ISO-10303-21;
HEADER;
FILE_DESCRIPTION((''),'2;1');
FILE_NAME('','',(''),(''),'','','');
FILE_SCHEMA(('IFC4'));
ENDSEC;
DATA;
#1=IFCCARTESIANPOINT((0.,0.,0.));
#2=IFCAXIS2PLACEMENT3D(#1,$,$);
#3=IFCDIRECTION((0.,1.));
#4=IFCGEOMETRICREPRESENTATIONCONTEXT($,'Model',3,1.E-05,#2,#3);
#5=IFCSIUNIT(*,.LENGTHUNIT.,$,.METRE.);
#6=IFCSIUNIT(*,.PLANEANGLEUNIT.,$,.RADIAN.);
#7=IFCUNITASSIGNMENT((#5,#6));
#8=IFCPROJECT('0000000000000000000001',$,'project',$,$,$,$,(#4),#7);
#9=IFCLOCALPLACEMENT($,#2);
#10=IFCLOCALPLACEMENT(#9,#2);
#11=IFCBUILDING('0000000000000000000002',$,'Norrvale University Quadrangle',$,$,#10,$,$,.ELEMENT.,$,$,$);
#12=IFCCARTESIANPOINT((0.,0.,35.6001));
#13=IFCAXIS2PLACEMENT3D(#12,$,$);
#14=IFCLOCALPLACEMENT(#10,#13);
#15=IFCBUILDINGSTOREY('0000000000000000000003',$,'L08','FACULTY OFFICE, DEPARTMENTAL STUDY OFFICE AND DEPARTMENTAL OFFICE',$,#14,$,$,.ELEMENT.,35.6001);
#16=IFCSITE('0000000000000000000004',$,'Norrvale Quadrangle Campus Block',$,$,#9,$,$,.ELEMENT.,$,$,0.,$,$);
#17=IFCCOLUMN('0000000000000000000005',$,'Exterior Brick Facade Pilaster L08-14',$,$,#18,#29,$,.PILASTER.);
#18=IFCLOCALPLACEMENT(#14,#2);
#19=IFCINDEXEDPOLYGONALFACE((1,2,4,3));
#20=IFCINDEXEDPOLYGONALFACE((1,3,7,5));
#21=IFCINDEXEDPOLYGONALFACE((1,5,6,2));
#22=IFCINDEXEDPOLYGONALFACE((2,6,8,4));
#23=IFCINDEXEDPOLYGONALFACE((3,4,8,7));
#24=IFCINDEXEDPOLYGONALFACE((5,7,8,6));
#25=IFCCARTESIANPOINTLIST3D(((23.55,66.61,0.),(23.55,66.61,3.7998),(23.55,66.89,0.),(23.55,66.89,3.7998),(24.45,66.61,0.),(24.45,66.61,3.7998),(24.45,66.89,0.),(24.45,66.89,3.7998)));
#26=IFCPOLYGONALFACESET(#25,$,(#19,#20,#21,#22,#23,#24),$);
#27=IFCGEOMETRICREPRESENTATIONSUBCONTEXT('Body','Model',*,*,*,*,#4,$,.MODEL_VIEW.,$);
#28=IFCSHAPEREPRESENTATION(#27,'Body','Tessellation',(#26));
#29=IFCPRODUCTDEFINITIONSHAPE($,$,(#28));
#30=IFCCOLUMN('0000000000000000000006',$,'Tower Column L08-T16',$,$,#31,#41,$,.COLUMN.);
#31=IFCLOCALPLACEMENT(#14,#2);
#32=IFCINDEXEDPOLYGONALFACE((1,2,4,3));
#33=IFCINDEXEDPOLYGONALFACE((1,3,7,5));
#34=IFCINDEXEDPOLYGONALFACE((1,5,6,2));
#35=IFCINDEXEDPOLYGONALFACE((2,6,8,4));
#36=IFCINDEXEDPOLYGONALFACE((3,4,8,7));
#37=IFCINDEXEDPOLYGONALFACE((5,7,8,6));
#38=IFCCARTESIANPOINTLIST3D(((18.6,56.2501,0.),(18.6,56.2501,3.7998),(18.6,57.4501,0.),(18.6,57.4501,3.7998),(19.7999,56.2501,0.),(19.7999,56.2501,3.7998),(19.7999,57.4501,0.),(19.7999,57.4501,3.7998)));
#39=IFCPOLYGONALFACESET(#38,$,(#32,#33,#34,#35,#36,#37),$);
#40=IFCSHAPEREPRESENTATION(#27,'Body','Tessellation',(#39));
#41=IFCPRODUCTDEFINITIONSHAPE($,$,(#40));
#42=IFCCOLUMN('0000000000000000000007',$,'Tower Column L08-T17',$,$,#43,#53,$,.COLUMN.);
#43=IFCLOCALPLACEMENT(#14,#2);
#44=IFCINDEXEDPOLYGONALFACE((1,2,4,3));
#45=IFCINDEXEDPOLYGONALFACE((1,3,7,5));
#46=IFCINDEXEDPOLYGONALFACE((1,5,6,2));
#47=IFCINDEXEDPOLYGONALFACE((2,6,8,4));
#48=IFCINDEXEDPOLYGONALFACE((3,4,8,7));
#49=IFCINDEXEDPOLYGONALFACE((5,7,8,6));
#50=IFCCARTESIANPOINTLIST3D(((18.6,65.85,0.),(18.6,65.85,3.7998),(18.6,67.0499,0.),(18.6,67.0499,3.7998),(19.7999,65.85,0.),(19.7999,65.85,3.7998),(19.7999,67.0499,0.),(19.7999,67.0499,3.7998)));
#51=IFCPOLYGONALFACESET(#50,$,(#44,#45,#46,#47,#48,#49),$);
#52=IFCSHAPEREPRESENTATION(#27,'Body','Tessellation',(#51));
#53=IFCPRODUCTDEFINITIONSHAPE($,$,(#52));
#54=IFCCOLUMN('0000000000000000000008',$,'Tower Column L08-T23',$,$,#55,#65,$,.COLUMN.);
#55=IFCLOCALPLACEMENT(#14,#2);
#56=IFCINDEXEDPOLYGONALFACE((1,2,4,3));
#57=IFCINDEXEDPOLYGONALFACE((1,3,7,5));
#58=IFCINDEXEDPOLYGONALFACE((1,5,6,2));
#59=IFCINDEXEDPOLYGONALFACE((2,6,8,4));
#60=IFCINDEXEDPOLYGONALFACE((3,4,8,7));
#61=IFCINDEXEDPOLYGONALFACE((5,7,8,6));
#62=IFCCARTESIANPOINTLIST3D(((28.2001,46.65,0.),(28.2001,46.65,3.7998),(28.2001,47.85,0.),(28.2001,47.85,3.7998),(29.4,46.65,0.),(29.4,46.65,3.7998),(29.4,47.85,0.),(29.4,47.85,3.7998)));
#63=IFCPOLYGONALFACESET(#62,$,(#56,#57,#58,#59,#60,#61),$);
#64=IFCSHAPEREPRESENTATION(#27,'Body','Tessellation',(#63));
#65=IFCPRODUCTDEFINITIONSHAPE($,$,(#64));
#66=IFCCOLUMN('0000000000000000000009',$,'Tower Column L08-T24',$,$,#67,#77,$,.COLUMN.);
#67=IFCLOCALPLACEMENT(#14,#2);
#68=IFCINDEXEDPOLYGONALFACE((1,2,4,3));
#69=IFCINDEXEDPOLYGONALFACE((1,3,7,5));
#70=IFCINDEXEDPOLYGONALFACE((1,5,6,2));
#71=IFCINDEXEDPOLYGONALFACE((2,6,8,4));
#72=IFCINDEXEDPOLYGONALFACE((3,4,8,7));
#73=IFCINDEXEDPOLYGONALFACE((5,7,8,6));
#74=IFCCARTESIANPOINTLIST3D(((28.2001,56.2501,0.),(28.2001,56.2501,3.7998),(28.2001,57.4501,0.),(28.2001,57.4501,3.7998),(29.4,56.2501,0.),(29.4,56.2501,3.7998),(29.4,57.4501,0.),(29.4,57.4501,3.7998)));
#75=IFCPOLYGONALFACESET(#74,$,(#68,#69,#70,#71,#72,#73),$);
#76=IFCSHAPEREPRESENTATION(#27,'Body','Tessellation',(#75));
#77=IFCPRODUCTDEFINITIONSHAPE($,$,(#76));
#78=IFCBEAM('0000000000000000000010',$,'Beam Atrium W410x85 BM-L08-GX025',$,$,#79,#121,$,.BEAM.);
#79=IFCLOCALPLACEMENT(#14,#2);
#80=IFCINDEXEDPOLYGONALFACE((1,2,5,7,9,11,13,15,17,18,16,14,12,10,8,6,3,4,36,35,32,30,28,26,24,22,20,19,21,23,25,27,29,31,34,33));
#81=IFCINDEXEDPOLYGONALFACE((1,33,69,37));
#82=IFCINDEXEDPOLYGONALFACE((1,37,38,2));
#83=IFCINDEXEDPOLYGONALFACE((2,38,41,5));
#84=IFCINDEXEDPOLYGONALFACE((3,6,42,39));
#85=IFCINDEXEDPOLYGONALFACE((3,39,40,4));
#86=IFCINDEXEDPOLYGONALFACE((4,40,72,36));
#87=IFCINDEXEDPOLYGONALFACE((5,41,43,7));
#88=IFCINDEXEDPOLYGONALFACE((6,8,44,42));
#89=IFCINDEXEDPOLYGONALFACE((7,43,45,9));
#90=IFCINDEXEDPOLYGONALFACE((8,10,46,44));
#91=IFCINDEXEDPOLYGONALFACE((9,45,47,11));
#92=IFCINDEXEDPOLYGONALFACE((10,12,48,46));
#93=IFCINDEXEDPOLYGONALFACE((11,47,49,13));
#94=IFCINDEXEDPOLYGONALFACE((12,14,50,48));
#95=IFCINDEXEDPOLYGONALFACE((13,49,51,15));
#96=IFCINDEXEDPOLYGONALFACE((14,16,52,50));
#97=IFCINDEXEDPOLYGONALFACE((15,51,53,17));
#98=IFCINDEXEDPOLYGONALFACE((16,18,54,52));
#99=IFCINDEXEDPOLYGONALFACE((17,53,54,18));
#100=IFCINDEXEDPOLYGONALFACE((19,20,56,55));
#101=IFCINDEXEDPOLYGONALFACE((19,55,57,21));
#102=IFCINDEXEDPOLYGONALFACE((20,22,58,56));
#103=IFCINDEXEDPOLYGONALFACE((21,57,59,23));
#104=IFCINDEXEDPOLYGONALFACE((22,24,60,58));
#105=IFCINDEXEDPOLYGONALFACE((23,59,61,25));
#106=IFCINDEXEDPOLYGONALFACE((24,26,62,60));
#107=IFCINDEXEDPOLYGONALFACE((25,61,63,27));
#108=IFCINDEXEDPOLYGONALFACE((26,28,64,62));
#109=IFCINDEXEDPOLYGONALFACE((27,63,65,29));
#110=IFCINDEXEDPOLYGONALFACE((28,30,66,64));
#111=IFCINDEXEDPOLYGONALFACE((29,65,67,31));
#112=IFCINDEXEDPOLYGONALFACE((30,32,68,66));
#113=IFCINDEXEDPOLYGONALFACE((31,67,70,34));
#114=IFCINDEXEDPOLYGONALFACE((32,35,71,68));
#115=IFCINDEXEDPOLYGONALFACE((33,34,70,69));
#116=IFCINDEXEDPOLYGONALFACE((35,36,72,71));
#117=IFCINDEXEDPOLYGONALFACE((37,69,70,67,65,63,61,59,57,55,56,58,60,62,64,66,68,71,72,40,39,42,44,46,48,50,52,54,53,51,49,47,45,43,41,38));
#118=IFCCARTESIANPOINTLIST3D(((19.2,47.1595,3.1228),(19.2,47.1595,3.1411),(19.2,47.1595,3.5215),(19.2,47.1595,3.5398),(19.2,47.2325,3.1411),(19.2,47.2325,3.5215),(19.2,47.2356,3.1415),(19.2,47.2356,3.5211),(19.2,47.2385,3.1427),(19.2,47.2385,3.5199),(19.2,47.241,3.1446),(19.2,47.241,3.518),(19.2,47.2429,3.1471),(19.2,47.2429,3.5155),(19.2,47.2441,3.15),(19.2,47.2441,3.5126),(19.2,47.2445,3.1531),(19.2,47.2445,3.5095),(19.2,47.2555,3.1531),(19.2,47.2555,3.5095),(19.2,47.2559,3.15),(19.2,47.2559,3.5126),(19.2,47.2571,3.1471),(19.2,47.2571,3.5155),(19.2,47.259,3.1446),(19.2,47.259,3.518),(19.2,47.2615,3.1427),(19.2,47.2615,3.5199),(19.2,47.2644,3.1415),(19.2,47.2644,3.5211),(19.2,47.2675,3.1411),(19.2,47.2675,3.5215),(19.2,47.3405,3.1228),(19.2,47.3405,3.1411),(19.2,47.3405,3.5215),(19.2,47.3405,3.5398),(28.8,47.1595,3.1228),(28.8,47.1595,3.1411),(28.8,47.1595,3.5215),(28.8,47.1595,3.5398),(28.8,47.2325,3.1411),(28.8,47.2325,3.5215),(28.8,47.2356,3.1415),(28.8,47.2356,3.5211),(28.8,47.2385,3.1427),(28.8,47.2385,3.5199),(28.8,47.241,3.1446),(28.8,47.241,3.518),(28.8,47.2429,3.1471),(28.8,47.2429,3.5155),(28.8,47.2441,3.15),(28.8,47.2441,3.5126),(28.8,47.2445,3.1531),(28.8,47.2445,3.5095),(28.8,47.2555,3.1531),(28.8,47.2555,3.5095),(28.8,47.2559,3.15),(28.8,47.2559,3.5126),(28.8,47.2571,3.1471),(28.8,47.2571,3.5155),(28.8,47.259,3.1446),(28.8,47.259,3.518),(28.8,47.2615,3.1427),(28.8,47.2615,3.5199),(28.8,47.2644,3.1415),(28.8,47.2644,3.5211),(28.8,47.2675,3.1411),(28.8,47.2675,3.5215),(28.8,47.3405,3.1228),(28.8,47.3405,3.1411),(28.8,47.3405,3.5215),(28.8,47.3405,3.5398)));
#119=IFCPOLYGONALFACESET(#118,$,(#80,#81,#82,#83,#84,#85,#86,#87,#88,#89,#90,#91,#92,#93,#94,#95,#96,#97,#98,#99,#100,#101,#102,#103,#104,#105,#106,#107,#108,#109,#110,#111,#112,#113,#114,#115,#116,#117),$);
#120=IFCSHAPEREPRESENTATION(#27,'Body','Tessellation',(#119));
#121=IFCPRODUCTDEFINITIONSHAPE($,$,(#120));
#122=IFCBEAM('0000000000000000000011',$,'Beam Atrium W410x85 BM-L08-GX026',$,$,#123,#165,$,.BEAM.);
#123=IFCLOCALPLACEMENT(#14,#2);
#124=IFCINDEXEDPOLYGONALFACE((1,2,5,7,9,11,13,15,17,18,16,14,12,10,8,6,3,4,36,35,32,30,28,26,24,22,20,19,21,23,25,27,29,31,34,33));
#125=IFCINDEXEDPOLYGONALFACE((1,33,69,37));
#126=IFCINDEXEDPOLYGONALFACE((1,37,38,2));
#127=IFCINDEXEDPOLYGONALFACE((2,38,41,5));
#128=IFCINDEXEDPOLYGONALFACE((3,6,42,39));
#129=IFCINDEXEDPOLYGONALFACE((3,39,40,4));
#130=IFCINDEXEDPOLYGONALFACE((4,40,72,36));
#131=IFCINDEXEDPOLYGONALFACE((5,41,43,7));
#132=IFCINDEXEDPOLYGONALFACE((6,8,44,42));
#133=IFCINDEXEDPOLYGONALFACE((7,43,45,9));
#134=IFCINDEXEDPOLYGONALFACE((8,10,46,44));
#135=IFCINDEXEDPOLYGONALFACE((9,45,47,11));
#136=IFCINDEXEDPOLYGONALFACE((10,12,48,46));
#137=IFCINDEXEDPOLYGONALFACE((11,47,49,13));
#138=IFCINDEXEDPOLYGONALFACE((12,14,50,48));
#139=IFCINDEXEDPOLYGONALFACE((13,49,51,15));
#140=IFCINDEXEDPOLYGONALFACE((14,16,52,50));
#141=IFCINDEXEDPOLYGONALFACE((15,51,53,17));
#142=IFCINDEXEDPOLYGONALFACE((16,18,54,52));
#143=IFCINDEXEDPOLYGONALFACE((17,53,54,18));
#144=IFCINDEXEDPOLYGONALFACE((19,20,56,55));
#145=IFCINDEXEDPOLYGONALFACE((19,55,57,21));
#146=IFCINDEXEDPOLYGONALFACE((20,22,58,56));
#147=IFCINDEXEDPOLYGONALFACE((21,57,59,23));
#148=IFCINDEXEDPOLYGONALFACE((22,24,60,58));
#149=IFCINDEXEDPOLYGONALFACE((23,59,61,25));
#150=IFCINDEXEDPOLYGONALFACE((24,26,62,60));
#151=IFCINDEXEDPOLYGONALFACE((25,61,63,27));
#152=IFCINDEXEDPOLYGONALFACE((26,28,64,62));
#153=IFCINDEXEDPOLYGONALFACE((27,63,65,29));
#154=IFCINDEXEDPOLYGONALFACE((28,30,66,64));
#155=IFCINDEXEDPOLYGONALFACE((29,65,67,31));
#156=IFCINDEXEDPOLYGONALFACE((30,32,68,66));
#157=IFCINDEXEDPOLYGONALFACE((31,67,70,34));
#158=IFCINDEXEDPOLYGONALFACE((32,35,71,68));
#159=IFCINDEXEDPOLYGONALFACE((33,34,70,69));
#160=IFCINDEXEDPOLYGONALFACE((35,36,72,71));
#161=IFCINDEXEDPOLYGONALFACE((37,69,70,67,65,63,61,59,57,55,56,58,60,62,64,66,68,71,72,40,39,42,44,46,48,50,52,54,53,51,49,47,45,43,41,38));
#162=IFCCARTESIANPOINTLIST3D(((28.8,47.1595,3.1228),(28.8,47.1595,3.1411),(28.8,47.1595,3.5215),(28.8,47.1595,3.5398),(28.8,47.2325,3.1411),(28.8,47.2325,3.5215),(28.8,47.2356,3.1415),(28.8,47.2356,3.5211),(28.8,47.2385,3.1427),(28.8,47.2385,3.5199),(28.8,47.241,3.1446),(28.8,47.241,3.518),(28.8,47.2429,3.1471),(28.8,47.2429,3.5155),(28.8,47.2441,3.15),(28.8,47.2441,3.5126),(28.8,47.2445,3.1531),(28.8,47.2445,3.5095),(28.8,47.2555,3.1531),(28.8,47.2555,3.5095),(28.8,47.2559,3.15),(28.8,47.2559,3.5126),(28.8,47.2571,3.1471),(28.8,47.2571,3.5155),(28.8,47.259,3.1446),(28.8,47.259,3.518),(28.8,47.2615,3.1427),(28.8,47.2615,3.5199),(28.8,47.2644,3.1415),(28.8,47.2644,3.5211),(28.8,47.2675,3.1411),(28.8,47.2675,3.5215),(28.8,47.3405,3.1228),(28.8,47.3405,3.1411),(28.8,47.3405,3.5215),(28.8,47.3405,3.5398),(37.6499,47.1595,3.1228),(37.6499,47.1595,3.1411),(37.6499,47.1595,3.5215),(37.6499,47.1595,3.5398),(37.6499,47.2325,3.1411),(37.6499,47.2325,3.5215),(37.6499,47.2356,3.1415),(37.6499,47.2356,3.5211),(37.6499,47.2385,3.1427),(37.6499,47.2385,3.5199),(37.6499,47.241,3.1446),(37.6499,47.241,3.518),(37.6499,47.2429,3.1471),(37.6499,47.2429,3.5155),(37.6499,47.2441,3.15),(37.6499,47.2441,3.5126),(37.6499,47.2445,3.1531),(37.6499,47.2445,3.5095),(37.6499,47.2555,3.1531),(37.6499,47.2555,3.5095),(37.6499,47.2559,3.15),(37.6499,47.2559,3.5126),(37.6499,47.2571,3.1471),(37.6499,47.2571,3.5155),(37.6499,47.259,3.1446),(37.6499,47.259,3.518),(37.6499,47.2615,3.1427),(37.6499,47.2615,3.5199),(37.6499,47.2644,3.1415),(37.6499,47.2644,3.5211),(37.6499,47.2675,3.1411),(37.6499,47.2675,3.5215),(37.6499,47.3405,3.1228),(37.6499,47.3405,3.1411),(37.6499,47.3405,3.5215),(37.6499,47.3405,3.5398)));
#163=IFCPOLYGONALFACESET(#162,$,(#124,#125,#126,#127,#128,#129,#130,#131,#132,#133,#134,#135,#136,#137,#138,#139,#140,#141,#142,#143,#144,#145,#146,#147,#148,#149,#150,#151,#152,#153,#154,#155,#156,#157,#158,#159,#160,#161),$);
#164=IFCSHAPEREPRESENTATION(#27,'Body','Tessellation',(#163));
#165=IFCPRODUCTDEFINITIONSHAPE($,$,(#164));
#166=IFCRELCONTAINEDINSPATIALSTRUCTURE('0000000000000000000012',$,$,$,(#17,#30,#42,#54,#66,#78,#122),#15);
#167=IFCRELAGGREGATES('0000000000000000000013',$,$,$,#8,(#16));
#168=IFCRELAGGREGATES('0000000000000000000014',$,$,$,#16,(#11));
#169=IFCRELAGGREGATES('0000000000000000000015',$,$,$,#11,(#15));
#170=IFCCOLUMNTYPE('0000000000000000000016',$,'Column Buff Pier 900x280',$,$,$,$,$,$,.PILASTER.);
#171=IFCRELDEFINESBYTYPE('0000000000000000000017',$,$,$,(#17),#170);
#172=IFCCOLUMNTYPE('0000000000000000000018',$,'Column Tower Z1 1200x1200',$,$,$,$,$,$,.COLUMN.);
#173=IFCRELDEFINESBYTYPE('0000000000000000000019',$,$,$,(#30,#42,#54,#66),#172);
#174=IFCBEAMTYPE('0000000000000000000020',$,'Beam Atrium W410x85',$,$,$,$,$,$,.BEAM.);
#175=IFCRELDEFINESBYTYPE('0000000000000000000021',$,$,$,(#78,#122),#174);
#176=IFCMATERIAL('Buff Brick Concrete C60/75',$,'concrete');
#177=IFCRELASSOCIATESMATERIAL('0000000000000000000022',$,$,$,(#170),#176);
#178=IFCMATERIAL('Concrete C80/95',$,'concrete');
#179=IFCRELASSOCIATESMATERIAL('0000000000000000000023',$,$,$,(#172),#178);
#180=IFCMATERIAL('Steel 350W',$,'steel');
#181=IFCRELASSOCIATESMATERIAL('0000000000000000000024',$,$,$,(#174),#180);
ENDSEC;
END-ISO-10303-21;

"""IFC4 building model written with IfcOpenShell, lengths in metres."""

from ifc_helpers import new_model, si_unit, direction, frame, origin, origin_2d, place, context, subcontext, project, spatial, rectangle, i_section, extrude, material, material_profile, profile_set, type_object, element, save


model = new_model("IFC4")

# Units and contexts
model_context = context("Model", 3, precision=1e-05, world=origin(), true_north=direction((0.0, 1.0)))
body_context = subcontext(model_context, "Body", "Model", "MODEL_VIEW")
ifc_project = project(units=[si_unit("LENGTHUNIT", "METRE"), si_unit("PLANEANGLEUNIT", "RADIAN")], contexts=[model_context])

# Site, building, storey
site_placement = place(None, origin())
site = spatial("IfcSite", under=ifc_project, at=site_placement, Name="Norrvale Quadrangle Campus Block", CompositionType="ELEMENT", RefElevation=0.0)
building_placement = place(site_placement, origin())
building = spatial("IfcBuilding", under=site, at=building_placement, Name="Norrvale University Quadrangle", CompositionType="ELEMENT")
storey_placement = place(building_placement, frame((0.0, 0.0, 35.6001)))
storey = spatial("IfcBuildingStorey", under=building, at=storey_placement, Name="L08", Description="FACULTY OFFICE, DEPARTMENTAL STUDY OFFICE AND DEPARTMENTAL OFFICE", CompositionType="ELEMENT", Elevation=35.6001)

# Columns
ifc_material_1 = material(Name="Buff Brick Concrete C60/75", Category="concrete")
ifc_material_profile_1 = material_profile(ifc_material_1, rectangle(XDim=0.8999, YDim=0.28, at=origin_2d()), Name="Buff Brick Concrete C60/75")
ifc_profile_set_1 = profile_set([ifc_material_profile_1], Name="Buff Brick Concrete C60/75")
column_type_1 = type_object("IfcColumnType", Name="Column Buff Pier 900x280", PredefinedType="PILASTER", material=ifc_profile_set_1)
column_placement = place(storey_placement, frame((24.0, 66.75, 0.0), z_axis=(0.0, 0.0, 1.0), x_axis=(1.0, 0.0, 0.0)))
element("IfcColumn", 1, at=column_placement, inside=storey, type_object=column_type_1, Name="Exterior Brick Facade Pilaster L08-14", PredefinedType="PILASTER", context=body_context, shape_type="SweptSolid", body=[
    extrude(rectangle(XDim=0.8999, YDim=0.28, at=origin_2d()), origin(), (0.0, 0.0, 1.0), 3.7998),
])
ifc_material_2 = material(Name="Concrete C80/95", Category="concrete")
ifc_material_profile_2 = material_profile(ifc_material_2, rectangle(XDim=1.2, YDim=1.2, at=origin_2d()), Name="Concrete C80/95")
ifc_profile_set_2 = profile_set([ifc_material_profile_2], Name="Concrete C80/95")
column_type_2 = type_object("IfcColumnType", Name="Column Tower Z1 1200x1200", PredefinedType="COLUMN", material=ifc_profile_set_2)
for number, where, z_axis, x_axis, name in (
    (2, (19.2, 56.8501, 0.0), (0.0, 0.0, 1.0), (1.0, 0.0, 0.0), "Tower Column L08-T16"),
    (3, (19.2, 66.45, 0.0), (0.0, 0.0, 1.0), (1.0, 0.0, 0.0), "Tower Column L08-T17"),
    (4, (28.8, 47.25, 0.0), (0.0, 0.0, 1.0), (1.0, 0.0, 0.0), "Tower Column L08-T23"),
    (5, (28.8, 56.8501, 0.0), (0.0, 0.0, 1.0), (1.0, 0.0, 0.0), "Tower Column L08-T24"),
):
    element("IfcColumn", number, at=place(storey_placement, frame(where, z_axis=z_axis, x_axis=x_axis)), inside=storey, type_object=column_type_2, Name=name, PredefinedType="COLUMN", context=body_context, shape_type="SweptSolid", body=[
        extrude(rectangle(XDim=1.2, YDim=1.2, at=origin_2d()), origin(), (0.0, 0.0, 1.0), 3.7998),
    ])

# Beams
ifc_material_3 = material(Name="Steel 350W", Category="steel")
ifc_material_profile_3 = material_profile(ifc_material_3, i_section(OverallWidth=0.1809, OverallDepth=0.417, WebThickness=0.011, FlangeThickness=0.0183, FilletRadius=0.012, at=origin_2d()), Name="Steel 350W")
ifc_profile_set_3 = profile_set([ifc_material_profile_3], Name="Steel 350W")
beam_type_1 = type_object("IfcBeamType", Name="Beam Atrium W410x85", PredefinedType="BEAM", material=ifc_profile_set_3)
beam_1_placement = place(storey_placement, frame((19.2, 47.25, 3.3313), z_axis=(1.0, 0.0, 0.0), x_axis=(0.0, 1.0, 0.0)))
element("IfcBeam", 6, at=beam_1_placement, inside=storey, type_object=beam_type_1, Name="Beam Atrium W410x85 BM-L08-GX025", PredefinedType="BEAM", context=body_context, shape_type="SweptSolid", body=[
    extrude(i_section(OverallWidth=0.1809, OverallDepth=0.417, WebThickness=0.011, FlangeThickness=0.0183, FilletRadius=0.012, at=origin_2d()), origin(), (0.0, 0.0, 1.0), 9.6001),
])
beam_2_placement = place(storey_placement, frame((28.8, 47.25, 3.3313), z_axis=(1.0, 0.0, 0.0), x_axis=(0.0, 1.0, 0.0)))
element("IfcBeam", 7, at=beam_2_placement, inside=storey, type_object=beam_type_1, Name="Beam Atrium W410x85 BM-L08-GX026", PredefinedType="BEAM", context=body_context, shape_type="SweptSolid", body=[
    extrude(i_section(OverallWidth=0.1809, OverallDepth=0.417, WebThickness=0.011, FlangeThickness=0.0183, FilletRadius=0.012, at=origin_2d()), origin(), (0.0, 0.0, 1.0), 8.8499),
])

save(model, "model.ifc")
